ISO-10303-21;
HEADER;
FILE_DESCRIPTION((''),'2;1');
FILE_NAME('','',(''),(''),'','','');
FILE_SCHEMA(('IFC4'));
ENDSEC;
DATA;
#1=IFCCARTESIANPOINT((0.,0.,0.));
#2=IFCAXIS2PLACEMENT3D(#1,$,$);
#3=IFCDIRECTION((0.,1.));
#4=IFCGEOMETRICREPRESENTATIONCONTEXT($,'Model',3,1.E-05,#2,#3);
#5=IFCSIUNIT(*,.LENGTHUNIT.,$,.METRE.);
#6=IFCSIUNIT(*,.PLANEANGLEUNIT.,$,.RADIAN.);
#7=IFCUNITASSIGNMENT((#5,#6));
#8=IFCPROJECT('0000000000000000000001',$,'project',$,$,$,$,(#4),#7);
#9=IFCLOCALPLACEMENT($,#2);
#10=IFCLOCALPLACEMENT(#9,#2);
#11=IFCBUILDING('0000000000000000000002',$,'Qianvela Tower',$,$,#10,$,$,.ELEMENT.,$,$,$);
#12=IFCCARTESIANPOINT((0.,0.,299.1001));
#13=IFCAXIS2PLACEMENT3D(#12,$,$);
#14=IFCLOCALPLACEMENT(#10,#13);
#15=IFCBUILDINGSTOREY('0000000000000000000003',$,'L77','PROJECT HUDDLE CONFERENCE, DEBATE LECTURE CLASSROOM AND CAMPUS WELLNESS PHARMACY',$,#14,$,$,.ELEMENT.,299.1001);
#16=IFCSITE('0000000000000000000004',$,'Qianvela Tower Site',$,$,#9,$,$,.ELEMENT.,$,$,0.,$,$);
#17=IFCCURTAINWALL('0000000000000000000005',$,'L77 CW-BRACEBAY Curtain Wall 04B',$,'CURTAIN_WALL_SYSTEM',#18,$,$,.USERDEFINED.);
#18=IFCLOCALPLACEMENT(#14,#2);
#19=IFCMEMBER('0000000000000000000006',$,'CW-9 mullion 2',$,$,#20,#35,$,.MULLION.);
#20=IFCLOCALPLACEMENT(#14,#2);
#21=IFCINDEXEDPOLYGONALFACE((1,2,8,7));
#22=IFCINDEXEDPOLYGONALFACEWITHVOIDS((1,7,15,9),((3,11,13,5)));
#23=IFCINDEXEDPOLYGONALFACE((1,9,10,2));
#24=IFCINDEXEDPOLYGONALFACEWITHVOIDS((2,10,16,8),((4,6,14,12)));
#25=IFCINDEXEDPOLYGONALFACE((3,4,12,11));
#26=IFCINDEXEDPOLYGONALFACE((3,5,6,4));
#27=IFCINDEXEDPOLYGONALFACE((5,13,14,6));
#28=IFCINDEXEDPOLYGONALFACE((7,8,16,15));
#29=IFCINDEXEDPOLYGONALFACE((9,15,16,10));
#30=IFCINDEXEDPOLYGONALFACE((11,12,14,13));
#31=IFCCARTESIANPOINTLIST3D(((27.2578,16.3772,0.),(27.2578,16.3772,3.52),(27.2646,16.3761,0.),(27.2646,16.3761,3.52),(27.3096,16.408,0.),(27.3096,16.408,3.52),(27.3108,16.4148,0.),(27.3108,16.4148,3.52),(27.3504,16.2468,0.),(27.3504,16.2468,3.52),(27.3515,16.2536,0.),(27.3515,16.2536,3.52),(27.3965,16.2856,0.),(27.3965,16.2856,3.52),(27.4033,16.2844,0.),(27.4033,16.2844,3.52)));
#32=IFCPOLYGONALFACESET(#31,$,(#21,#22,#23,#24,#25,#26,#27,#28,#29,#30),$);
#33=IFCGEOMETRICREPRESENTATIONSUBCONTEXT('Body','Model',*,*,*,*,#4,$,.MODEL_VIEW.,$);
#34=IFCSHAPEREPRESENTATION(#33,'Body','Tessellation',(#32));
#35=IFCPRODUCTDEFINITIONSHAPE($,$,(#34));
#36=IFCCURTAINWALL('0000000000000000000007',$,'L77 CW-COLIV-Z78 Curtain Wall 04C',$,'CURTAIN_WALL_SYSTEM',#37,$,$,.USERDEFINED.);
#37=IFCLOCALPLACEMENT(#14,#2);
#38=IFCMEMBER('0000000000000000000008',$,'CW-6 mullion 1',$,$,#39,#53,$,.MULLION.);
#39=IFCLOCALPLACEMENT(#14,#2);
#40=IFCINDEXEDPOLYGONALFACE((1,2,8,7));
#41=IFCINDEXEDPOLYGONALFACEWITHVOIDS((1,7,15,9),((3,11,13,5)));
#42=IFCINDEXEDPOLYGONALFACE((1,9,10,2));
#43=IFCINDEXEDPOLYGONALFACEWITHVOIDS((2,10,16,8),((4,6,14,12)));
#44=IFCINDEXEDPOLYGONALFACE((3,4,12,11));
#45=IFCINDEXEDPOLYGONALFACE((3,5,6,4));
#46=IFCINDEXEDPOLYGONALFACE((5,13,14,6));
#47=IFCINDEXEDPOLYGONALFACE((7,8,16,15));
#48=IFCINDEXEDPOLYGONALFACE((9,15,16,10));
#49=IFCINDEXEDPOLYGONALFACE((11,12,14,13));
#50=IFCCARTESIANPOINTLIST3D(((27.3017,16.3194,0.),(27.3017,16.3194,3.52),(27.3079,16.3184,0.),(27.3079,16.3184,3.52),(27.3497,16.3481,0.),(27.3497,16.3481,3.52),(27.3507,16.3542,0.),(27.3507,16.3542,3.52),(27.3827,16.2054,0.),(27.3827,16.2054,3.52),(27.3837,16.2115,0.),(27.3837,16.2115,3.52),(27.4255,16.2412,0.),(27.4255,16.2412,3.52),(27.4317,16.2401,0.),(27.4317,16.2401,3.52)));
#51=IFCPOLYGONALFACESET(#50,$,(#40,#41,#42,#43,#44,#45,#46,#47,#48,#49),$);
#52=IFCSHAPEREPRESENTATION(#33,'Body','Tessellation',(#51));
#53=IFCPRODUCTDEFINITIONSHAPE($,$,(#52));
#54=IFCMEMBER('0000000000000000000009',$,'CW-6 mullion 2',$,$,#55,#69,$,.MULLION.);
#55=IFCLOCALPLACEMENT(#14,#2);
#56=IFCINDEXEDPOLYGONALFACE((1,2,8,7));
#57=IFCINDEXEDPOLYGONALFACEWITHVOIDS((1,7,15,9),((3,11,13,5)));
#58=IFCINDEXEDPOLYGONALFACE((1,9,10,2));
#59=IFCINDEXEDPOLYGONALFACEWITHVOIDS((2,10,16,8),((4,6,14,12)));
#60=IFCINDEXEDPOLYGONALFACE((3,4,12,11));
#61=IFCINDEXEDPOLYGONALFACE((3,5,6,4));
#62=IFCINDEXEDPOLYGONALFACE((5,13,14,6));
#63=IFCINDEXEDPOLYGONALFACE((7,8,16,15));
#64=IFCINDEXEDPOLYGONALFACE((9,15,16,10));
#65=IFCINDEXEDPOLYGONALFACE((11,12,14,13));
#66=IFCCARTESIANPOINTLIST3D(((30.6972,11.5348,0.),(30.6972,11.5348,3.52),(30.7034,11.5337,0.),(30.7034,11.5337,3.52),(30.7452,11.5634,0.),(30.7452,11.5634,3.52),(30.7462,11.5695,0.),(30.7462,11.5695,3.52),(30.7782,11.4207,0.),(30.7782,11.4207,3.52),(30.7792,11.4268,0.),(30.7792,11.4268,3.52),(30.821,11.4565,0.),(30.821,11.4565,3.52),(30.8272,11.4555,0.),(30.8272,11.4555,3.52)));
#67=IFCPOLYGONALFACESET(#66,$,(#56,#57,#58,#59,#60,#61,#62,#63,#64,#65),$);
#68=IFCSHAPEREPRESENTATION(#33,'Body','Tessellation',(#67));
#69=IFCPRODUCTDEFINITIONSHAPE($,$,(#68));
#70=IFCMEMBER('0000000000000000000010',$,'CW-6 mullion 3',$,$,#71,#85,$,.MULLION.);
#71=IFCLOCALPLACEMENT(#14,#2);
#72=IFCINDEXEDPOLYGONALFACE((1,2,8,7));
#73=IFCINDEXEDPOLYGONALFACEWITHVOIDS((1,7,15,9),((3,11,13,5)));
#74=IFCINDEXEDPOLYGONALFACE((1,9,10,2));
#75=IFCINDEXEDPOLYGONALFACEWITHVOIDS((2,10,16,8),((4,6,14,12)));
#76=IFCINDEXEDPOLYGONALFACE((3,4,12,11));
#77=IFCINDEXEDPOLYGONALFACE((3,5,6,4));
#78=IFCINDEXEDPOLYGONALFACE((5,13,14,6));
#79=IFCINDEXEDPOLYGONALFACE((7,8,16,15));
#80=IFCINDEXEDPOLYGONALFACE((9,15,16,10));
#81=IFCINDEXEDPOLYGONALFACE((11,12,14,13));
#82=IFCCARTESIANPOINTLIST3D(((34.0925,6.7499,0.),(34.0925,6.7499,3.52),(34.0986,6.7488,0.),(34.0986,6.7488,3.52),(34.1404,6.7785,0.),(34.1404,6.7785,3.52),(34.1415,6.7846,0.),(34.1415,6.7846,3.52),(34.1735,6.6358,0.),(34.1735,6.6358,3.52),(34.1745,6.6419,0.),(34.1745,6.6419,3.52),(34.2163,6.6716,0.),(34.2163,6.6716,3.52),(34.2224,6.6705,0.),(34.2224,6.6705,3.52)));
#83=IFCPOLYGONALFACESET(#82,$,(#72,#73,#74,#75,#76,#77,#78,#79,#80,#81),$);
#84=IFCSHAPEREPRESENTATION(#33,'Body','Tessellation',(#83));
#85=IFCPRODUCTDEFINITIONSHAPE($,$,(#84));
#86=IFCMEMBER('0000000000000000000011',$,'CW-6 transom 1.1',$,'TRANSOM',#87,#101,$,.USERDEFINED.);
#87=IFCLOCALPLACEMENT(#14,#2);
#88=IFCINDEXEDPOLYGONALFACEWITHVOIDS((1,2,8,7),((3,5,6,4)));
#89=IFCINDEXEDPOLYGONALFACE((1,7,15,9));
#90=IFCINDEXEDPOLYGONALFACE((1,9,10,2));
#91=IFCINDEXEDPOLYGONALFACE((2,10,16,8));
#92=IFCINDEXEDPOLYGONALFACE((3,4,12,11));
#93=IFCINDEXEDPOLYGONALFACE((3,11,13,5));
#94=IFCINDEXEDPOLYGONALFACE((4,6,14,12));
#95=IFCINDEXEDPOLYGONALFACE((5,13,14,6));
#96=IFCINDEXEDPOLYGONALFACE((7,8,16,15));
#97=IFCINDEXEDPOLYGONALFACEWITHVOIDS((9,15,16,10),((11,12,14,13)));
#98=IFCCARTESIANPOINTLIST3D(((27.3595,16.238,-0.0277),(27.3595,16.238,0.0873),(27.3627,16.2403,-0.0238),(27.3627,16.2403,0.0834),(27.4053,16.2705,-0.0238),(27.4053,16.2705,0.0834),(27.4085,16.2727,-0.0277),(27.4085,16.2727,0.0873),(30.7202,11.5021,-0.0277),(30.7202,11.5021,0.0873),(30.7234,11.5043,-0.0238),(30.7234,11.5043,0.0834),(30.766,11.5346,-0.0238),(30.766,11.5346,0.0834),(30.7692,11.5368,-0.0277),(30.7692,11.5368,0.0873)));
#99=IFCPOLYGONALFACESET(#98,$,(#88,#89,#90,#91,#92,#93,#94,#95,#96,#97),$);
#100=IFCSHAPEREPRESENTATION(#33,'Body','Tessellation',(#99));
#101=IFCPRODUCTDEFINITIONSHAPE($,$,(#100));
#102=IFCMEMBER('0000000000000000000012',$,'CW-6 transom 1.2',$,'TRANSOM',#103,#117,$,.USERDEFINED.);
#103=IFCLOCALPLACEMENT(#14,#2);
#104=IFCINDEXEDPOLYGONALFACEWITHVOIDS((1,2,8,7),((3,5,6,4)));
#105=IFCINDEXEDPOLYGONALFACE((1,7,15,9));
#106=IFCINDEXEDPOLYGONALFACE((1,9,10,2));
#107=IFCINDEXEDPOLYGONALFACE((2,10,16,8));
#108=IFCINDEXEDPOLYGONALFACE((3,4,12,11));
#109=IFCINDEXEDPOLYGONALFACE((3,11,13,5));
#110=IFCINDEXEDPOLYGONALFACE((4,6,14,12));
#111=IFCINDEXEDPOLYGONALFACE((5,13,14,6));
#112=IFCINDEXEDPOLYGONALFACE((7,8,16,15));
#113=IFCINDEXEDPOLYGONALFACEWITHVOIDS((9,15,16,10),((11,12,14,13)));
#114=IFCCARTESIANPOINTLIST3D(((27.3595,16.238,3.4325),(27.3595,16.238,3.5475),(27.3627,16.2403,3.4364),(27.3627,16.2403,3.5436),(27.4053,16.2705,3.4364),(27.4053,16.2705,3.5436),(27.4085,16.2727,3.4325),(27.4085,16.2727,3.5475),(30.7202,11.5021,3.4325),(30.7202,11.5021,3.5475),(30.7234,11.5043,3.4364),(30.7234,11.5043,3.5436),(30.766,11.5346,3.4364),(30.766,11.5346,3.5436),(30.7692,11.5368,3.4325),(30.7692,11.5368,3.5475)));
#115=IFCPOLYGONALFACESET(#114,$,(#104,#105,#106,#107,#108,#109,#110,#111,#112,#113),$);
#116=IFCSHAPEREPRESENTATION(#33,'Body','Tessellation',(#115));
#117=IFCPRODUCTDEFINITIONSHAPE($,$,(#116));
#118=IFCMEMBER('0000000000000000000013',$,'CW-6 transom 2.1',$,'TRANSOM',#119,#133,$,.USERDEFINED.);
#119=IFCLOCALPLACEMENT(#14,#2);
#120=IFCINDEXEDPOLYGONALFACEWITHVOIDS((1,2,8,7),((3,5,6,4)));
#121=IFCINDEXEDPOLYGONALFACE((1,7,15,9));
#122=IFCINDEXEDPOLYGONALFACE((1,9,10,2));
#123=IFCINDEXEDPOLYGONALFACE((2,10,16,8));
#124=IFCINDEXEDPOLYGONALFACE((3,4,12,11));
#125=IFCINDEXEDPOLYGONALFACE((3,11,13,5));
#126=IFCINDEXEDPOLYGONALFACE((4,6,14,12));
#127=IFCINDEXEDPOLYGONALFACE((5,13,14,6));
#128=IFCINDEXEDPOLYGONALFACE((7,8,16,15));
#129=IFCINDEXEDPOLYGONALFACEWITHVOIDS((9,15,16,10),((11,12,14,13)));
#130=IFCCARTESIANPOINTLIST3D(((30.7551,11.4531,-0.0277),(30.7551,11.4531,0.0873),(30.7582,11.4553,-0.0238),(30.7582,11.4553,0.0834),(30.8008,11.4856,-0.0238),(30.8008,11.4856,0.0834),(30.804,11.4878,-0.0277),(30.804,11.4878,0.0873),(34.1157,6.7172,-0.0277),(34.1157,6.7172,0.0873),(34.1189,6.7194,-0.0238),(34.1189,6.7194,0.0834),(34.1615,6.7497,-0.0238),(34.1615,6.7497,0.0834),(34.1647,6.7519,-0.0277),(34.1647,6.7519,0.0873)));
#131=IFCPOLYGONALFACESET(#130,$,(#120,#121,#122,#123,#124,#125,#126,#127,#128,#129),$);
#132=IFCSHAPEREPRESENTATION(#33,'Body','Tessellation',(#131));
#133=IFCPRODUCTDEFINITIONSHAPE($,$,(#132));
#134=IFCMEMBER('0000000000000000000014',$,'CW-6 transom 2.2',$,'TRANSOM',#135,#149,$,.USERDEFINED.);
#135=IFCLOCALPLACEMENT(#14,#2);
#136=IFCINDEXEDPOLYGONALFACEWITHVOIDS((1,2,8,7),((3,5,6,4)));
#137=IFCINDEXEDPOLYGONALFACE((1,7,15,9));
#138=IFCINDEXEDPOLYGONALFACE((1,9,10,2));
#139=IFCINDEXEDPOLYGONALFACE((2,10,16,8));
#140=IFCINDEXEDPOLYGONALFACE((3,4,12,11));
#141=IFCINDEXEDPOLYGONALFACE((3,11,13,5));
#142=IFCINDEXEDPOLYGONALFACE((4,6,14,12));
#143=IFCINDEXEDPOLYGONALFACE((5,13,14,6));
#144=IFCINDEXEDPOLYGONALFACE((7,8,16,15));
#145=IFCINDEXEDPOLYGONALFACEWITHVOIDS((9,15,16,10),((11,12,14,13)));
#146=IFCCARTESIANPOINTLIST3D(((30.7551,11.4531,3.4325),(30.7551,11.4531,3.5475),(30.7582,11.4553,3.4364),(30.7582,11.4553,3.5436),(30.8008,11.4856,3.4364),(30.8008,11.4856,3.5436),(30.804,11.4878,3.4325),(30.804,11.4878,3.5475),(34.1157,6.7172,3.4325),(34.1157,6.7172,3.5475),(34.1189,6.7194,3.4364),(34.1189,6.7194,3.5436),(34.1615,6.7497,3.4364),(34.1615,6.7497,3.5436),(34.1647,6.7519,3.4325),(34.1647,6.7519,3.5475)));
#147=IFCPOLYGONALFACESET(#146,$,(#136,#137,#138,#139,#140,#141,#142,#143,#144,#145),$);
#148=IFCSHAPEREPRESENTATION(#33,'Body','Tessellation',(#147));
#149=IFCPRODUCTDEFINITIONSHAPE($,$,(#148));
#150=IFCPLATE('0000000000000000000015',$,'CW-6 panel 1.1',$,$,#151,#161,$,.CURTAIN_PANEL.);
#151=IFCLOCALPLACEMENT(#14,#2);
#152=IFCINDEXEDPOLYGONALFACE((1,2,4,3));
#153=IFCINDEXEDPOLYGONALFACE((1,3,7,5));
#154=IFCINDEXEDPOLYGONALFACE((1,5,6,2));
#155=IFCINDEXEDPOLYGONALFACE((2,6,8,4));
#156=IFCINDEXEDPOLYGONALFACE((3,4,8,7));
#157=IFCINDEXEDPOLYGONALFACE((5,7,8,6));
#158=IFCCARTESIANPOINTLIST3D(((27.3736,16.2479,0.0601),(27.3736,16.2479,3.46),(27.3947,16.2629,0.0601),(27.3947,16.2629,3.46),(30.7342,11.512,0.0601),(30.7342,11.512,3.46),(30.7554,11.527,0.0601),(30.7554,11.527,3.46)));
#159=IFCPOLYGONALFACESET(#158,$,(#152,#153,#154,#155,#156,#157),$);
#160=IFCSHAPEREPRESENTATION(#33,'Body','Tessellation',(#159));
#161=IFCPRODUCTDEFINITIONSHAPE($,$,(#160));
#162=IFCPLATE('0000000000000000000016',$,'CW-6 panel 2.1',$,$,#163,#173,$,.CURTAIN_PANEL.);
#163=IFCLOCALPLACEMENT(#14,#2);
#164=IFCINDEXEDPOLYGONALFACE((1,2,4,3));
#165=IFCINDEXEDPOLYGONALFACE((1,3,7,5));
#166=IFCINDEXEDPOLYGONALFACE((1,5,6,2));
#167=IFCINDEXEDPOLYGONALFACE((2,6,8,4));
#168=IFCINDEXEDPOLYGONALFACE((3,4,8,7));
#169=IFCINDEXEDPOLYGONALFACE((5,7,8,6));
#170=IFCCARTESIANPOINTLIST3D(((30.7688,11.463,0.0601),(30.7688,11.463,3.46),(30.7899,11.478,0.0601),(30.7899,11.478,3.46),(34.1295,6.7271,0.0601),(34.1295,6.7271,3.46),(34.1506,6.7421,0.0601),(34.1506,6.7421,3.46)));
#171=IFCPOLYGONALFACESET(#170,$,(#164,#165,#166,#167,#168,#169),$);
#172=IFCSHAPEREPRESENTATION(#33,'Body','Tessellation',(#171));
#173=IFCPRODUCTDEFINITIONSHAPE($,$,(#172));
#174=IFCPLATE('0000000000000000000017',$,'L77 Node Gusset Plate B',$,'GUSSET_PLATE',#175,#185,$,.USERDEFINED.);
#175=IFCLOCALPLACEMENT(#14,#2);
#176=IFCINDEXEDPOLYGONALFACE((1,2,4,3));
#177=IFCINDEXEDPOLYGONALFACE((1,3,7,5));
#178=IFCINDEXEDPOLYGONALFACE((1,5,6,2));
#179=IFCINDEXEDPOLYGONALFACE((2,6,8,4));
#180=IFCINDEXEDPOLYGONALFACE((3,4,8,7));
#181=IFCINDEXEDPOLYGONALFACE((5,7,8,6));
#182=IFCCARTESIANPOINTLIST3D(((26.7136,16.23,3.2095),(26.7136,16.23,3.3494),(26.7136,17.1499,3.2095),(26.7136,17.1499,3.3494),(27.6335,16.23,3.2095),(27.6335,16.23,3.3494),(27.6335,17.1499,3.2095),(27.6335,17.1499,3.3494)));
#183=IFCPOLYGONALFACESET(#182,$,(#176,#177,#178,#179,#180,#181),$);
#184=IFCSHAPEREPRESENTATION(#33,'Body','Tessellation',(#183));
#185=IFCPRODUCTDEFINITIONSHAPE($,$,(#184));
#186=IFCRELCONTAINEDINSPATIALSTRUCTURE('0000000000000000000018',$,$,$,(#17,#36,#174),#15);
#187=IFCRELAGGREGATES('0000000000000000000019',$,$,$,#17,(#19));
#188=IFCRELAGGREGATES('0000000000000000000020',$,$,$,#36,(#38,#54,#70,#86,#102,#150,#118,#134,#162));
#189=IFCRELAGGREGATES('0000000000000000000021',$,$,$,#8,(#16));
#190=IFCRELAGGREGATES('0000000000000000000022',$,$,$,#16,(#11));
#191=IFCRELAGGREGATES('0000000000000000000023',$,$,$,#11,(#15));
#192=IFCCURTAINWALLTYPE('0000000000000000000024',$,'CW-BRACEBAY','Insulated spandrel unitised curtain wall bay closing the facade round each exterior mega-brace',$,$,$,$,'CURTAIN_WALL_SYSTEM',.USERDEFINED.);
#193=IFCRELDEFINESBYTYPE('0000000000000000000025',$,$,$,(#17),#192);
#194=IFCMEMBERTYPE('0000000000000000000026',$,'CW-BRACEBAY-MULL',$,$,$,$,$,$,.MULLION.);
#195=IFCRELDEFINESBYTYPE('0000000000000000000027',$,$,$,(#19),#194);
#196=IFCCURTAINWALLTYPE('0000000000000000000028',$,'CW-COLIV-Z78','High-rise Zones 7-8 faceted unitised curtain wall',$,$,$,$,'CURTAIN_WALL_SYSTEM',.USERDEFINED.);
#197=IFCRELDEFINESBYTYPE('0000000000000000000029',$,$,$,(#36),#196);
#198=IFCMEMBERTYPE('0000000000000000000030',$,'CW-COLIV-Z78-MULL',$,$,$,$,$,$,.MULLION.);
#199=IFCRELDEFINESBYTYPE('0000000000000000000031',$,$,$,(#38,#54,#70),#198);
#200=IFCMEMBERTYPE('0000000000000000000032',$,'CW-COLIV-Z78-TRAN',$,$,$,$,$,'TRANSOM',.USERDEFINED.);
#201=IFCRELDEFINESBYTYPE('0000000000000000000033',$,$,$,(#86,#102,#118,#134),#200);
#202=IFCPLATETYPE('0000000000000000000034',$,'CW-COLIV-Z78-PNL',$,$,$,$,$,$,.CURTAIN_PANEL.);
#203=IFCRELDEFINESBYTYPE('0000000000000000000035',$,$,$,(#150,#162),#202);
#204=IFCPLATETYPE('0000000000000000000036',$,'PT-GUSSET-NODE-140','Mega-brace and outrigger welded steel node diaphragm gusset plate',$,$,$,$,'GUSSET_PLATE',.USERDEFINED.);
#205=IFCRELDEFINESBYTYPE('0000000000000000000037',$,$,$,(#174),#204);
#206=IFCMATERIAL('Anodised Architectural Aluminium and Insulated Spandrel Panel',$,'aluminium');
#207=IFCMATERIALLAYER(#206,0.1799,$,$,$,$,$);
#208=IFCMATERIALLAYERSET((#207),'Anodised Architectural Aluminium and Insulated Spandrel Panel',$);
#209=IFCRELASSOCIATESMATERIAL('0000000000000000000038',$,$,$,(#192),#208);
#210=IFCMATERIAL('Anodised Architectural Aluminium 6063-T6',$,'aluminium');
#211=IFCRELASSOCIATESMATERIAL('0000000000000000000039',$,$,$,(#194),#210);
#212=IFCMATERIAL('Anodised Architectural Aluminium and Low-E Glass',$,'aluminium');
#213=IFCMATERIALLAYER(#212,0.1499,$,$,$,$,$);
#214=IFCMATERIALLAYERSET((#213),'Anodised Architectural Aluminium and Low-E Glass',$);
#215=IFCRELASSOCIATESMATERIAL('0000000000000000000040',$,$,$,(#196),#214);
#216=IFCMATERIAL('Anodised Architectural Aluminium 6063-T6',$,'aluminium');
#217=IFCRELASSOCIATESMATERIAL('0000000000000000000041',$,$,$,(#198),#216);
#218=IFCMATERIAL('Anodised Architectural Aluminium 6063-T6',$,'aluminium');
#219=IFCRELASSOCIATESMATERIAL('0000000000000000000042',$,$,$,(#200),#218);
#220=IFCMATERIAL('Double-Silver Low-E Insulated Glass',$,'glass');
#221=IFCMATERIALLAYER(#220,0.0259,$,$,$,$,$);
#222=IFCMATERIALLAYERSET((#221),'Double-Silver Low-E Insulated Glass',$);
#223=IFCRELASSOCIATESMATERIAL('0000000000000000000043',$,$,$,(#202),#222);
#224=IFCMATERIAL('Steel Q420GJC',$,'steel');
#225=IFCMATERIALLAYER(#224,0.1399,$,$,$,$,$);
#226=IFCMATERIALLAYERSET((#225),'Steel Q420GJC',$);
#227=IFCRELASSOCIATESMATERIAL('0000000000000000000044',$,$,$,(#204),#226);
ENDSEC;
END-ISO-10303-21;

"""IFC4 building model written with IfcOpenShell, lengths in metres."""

from ifc_helpers import new_model, si_unit, direction, frame, origin, origin_2d, place, context, subcontext, project, spatial, rectangle, hollow_rectangle, extrude, material, layer, layer_set, material_profile, profile_set, type_object, element, aggregate, save


model = new_model("IFC4")

# Units and contexts
model_context = context("Model", 3, precision=1e-05, world=origin(), true_north=direction((0.0, 1.0)))
body_context = subcontext(model_context, "Body", "Model", "MODEL_VIEW")
ifc_project = project(units=[si_unit("LENGTHUNIT", "METRE"), si_unit("PLANEANGLEUNIT", "RADIAN")], contexts=[model_context])

# Site, building, storey
site_placement = place(None, origin())
site = spatial("IfcSite", under=ifc_project, at=site_placement, Name="Qianvela Tower Site", CompositionType="ELEMENT", RefElevation=0.0)
building_placement = place(site_placement, origin())
building = spatial("IfcBuilding", under=site, at=building_placement, Name="Qianvela Tower", CompositionType="ELEMENT")
storey_placement = place(building_placement, frame((0.0, 0.0, 299.1001)))
storey = spatial("IfcBuildingStorey", under=building, at=storey_placement, Name="L77", Description="PROJECT HUDDLE CONFERENCE, DEBATE LECTURE CLASSROOM AND CAMPUS WELLNESS PHARMACY", CompositionType="ELEMENT", Elevation=299.1001)

# Curtain wall, member
ifc_material_1 = material(Name="Anodised Architectural Aluminium and Insulated Spandrel Panel", Category="aluminium")
ifc_layer_1 = layer(ifc_material_1, 0.1799)
ifc_layer_set_1 = layer_set([ifc_layer_1], Name="Anodised Architectural Aluminium and Insulated Spandrel Panel")
curtain_wall_type_1 = type_object("IfcCurtainWallType", Name="CW-BRACEBAY", Description="Insulated spandrel unitised curtain wall bay closing the facade round each exterior mega-brace", ElementType="CURTAIN_WALL_SYSTEM", PredefinedType="USERDEFINED", material=ifc_layer_set_1)
curtain_wall_1_placement = place(storey_placement, origin())
curtain_wall_1 = element("IfcCurtainWall", 1, at=curtain_wall_1_placement, inside=storey, type_object=curtain_wall_type_1, Name="L77 CW-BRACEBAY Curtain Wall 04B", ObjectType="CURTAIN_WALL_SYSTEM", PredefinedType="USERDEFINED")
ifc_material_2 = material(Name="Anodised Architectural Aluminium 6063-T6", Category="aluminium")
ifc_material_profile_1 = material_profile(ifc_material_2, hollow_rectangle(XDim=0.0649, YDim=0.1599, WallThickness=0.0049, at=origin_2d()), Name="ALU-MULL-65x160")
ifc_profile_set_1 = profile_set([ifc_material_profile_1], Name="Anodised Architectural Aluminium 6063-T6")
member_type_1 = type_object("IfcMemberType", Name="CW-BRACEBAY-MULL", PredefinedType="MULLION", material=ifc_profile_set_1)
member_1_placement = place(storey_placement, frame((27.3306, 16.3308, 0.0), z_axis=(0.0, 0.0, 1.0), x_axis=(0.815526, 0.578721, 0.0)))
member_1 = element("IfcMember", 2, at=member_1_placement, type_object=member_type_1, Name="CW-9 mullion 2", PredefinedType="MULLION", context=body_context, shape_type="SweptSolid", body=[
    extrude(hollow_rectangle(XDim=0.0649, YDim=0.1599, WallThickness=0.0049, at=origin_2d()), origin(), (0.0, 0.0, 1.0), 3.52),
])
aggregate(curtain_wall_1, [member_1])

# Curtain wall, members, plates
ifc_material_3 = material(Name="Anodised Architectural Aluminium and Low-E Glass", Category="aluminium")
ifc_layer_2 = layer(ifc_material_3, 0.1499)
ifc_layer_set_2 = layer_set([ifc_layer_2], Name="Anodised Architectural Aluminium and Low-E Glass")
curtain_wall_type_2 = type_object("IfcCurtainWallType", Name="CW-COLIV-Z78", Description="High-rise Zones 7-8 faceted unitised curtain wall", ElementType="CURTAIN_WALL_SYSTEM", PredefinedType="USERDEFINED", material=ifc_layer_set_2)
curtain_wall_2_placement = place(storey_placement, origin())
curtain_wall_2 = element("IfcCurtainWall", 3, at=curtain_wall_2_placement, inside=storey, type_object=curtain_wall_type_2, Name="L77 CW-COLIV-Z78 Curtain Wall 04C", ObjectType="CURTAIN_WALL_SYSTEM", PredefinedType="USERDEFINED")
ifc_material_4 = material(Name="Anodised Architectural Aluminium 6063-T6", Category="aluminium")
ifc_material_profile_2 = material_profile(ifc_material_4, hollow_rectangle(XDim=0.0601, YDim=0.1399, WallThickness=0.0044, at=origin_2d()), Name="ALU-MULL-60x140")
ifc_profile_set_2 = profile_set([ifc_material_profile_2], Name="Anodised Architectural Aluminium 6063-T6")
member_type_2 = type_object("IfcMemberType", Name="CW-COLIV-Z78-MULL", PredefinedType="MULLION", material=ifc_profile_set_2)
member_2_placement = place(storey_placement, frame((27.3667, 16.2798, 0.0), z_axis=(0.0, 0.0, 1.0), x_axis=(0.815527, 0.578719, 0.0)))
member_2 = element("IfcMember", 4, at=member_2_placement, type_object=member_type_2, Name="CW-6 mullion 1", PredefinedType="MULLION", context=body_context, shape_type="SweptSolid", body=[
    extrude(hollow_rectangle(XDim=0.0601, YDim=0.1399, WallThickness=0.0044, at=origin_2d()), origin(), (0.0, 0.0, 1.0), 3.52),
])
member_3_placement = place(storey_placement, frame((30.7622, 11.4951, 0.0), z_axis=(0.0, 0.0, 1.0), x_axis=(0.815527, 0.578719, 0.0)))
member_3 = element("IfcMember", 5, at=member_3_placement, type_object=member_type_2, Name="CW-6 mullion 2", PredefinedType="MULLION", context=body_context, shape_type="SweptSolid", body=[
    extrude(hollow_rectangle(XDim=0.0601, YDim=0.1399, WallThickness=0.0044, at=origin_2d()), origin(), (0.0, 0.0, 1.0), 3.52),
])
member_4_placement = place(storey_placement, frame((34.1575, 6.7102, 0.0), z_axis=(0.0, 0.0, 1.0), x_axis=(0.815527, 0.578719, 0.0)))
member_4 = element("IfcMember", 6, at=member_4_placement, type_object=member_type_2, Name="CW-6 mullion 3", PredefinedType="MULLION", context=body_context, shape_type="SweptSolid", body=[
    extrude(hollow_rectangle(XDim=0.0601, YDim=0.1399, WallThickness=0.0044, at=origin_2d()), origin(), (0.0, 0.0, 1.0), 3.52),
])
ifc_material_5 = material(Name="Anodised Architectural Aluminium 6063-T6", Category="aluminium")
ifc_material_profile_3 = material_profile(ifc_material_5, hollow_rectangle(XDim=0.0601, YDim=0.115, WallThickness=0.0039, at=origin_2d()), Name="ALU-TRAN-60x115")
ifc_profile_set_3 = profile_set([ifc_material_profile_3], Name="Anodised Architectural Aluminium 6063-T6")
member_type_3 = type_object("IfcMemberType", Name="CW-COLIV-Z78-TRAN", ElementType="TRANSOM", PredefinedType="USERDEFINED", material=ifc_profile_set_3)
member_5_placement = place(storey_placement, frame((27.384, 16.2554, 0.0298), z_axis=(0.57871, -0.815533, 0.0), x_axis=(0.815533, 0.57871, 0.0)))
member_5 = element("IfcMember", 7, at=member_5_placement, type_object=member_type_3, Name="CW-6 transom 1.1", ObjectType="TRANSOM", PredefinedType="USERDEFINED", context=body_context, shape_type="SweptSolid", body=[
    extrude(hollow_rectangle(XDim=0.0601, YDim=0.115, WallThickness=0.0039, at=origin_2d()), origin(), (0.0, 0.0, 1.0), 5.8071),
])
member_6_placement = place(storey_placement, frame((27.384, 16.2554, 3.49), z_axis=(0.57871, -0.815533, 0.0), x_axis=(0.815533, 0.57871, 0.0)))
member_6 = element("IfcMember", 8, at=member_6_placement, type_object=member_type_3, Name="CW-6 transom 1.2", ObjectType="TRANSOM", PredefinedType="USERDEFINED", context=body_context, shape_type="SweptSolid", body=[
    extrude(hollow_rectangle(XDim=0.0601, YDim=0.115, WallThickness=0.0039, at=origin_2d()), origin(), (0.0, 0.0, 1.0), 5.8071),
])
member_7_placement = place(storey_placement, frame((30.7795, 11.4705, 0.0298), z_axis=(0.57871, -0.815533, 0.0), x_axis=(0.815533, 0.57871, 0.0)))
member_7 = element("IfcMember", 9, at=member_7_placement, type_object=member_type_3, Name="CW-6 transom 2.1", ObjectType="TRANSOM", PredefinedType="USERDEFINED", context=body_context, shape_type="SweptSolid", body=[
    extrude(hollow_rectangle(XDim=0.0601, YDim=0.115, WallThickness=0.0039, at=origin_2d()), origin(), (0.0, 0.0, 1.0), 5.8071),
])
member_8_placement = place(storey_placement, frame((30.7795, 11.4705, 3.49), z_axis=(0.57871, -0.815533, 0.0), x_axis=(0.815533, 0.57871, 0.0)))
member_8 = element("IfcMember", 10, at=member_8_placement, type_object=member_type_3, Name="CW-6 transom 2.2", ObjectType="TRANSOM", PredefinedType="USERDEFINED", context=body_context, shape_type="SweptSolid", body=[
    extrude(hollow_rectangle(XDim=0.0601, YDim=0.115, WallThickness=0.0039, at=origin_2d()), origin(), (0.0, 0.0, 1.0), 5.8071),
])
ifc_material_6 = material(Name="Double-Silver Low-E Insulated Glass", Category="glass")
ifc_layer_3 = layer(ifc_material_6, 0.0259)
ifc_layer_set_3 = layer_set([ifc_layer_3], Name="Double-Silver Low-E Insulated Glass")
plate_type_1 = type_object("IfcPlateType", Name="CW-COLIV-Z78-PNL", PredefinedType="CURTAIN_PANEL", material=ifc_layer_set_3)
plate_1_placement = place(storey_placement, frame((29.0645, 13.8875, 0.0601), z_axis=(0.0, 0.0, 1.0), x_axis=(0.578719, -0.815527, 0.0)))
plate_1 = element("IfcPlate", 11, at=plate_1_placement, type_object=plate_type_1, Name="CW-6 panel 1.1", PredefinedType="CURTAIN_PANEL", context=body_context, shape_type="SweptSolid", body=[
    extrude(rectangle(XDim=5.8071, YDim=0.0259, at=origin_2d()), origin(), (0.0, 0.0, 1.0), 3.3999),
])
plate_2_placement = place(storey_placement, frame((32.4597, 9.1025, 0.0601), z_axis=(0.0, 0.0, 1.0), x_axis=(0.578719, -0.815527, 0.0)))
plate_2 = element("IfcPlate", 12, at=plate_2_placement, type_object=plate_type_1, Name="CW-6 panel 2.1", PredefinedType="CURTAIN_PANEL", context=body_context, shape_type="SweptSolid", body=[
    extrude(rectangle(XDim=5.8071, YDim=0.0259, at=origin_2d()), origin(), (0.0, 0.0, 1.0), 3.3999),
])
aggregate(curtain_wall_2, [member_2, member_3, member_4, member_5, member_6, plate_1, member_7, member_8, plate_2])

# Plate
ifc_material_7 = material(Name="Steel Q420GJC", Category="steel")
ifc_layer_4 = layer(ifc_material_7, 0.1399)
ifc_layer_set_4 = layer_set([ifc_layer_4], Name="Steel Q420GJC")
plate_type_2 = type_object("IfcPlateType", Name="PT-GUSSET-NODE-140", Description="Mega-brace and outrigger welded steel node diaphragm gusset plate", ElementType="GUSSET_PLATE", PredefinedType="USERDEFINED", material=ifc_layer_set_4)
plate_3_placement = place(storey_placement, frame((27.1736, 16.6899, 3.2095), z_axis=(0.0, 0.0, 1.0), x_axis=(1.0, 0.0, 0.0)))
element("IfcPlate", 13, at=plate_3_placement, inside=storey, type_object=plate_type_2, Name="L77 Node Gusset Plate B", ObjectType="GUSSET_PLATE", PredefinedType="USERDEFINED", context=body_context, shape_type="SweptSolid", body=[
    extrude(rectangle(XDim=0.9199, YDim=0.9199, at=origin_2d()), origin(), (0.0, 0.0, 1.0), 0.1399),
])

save(model, "model.ifc")
